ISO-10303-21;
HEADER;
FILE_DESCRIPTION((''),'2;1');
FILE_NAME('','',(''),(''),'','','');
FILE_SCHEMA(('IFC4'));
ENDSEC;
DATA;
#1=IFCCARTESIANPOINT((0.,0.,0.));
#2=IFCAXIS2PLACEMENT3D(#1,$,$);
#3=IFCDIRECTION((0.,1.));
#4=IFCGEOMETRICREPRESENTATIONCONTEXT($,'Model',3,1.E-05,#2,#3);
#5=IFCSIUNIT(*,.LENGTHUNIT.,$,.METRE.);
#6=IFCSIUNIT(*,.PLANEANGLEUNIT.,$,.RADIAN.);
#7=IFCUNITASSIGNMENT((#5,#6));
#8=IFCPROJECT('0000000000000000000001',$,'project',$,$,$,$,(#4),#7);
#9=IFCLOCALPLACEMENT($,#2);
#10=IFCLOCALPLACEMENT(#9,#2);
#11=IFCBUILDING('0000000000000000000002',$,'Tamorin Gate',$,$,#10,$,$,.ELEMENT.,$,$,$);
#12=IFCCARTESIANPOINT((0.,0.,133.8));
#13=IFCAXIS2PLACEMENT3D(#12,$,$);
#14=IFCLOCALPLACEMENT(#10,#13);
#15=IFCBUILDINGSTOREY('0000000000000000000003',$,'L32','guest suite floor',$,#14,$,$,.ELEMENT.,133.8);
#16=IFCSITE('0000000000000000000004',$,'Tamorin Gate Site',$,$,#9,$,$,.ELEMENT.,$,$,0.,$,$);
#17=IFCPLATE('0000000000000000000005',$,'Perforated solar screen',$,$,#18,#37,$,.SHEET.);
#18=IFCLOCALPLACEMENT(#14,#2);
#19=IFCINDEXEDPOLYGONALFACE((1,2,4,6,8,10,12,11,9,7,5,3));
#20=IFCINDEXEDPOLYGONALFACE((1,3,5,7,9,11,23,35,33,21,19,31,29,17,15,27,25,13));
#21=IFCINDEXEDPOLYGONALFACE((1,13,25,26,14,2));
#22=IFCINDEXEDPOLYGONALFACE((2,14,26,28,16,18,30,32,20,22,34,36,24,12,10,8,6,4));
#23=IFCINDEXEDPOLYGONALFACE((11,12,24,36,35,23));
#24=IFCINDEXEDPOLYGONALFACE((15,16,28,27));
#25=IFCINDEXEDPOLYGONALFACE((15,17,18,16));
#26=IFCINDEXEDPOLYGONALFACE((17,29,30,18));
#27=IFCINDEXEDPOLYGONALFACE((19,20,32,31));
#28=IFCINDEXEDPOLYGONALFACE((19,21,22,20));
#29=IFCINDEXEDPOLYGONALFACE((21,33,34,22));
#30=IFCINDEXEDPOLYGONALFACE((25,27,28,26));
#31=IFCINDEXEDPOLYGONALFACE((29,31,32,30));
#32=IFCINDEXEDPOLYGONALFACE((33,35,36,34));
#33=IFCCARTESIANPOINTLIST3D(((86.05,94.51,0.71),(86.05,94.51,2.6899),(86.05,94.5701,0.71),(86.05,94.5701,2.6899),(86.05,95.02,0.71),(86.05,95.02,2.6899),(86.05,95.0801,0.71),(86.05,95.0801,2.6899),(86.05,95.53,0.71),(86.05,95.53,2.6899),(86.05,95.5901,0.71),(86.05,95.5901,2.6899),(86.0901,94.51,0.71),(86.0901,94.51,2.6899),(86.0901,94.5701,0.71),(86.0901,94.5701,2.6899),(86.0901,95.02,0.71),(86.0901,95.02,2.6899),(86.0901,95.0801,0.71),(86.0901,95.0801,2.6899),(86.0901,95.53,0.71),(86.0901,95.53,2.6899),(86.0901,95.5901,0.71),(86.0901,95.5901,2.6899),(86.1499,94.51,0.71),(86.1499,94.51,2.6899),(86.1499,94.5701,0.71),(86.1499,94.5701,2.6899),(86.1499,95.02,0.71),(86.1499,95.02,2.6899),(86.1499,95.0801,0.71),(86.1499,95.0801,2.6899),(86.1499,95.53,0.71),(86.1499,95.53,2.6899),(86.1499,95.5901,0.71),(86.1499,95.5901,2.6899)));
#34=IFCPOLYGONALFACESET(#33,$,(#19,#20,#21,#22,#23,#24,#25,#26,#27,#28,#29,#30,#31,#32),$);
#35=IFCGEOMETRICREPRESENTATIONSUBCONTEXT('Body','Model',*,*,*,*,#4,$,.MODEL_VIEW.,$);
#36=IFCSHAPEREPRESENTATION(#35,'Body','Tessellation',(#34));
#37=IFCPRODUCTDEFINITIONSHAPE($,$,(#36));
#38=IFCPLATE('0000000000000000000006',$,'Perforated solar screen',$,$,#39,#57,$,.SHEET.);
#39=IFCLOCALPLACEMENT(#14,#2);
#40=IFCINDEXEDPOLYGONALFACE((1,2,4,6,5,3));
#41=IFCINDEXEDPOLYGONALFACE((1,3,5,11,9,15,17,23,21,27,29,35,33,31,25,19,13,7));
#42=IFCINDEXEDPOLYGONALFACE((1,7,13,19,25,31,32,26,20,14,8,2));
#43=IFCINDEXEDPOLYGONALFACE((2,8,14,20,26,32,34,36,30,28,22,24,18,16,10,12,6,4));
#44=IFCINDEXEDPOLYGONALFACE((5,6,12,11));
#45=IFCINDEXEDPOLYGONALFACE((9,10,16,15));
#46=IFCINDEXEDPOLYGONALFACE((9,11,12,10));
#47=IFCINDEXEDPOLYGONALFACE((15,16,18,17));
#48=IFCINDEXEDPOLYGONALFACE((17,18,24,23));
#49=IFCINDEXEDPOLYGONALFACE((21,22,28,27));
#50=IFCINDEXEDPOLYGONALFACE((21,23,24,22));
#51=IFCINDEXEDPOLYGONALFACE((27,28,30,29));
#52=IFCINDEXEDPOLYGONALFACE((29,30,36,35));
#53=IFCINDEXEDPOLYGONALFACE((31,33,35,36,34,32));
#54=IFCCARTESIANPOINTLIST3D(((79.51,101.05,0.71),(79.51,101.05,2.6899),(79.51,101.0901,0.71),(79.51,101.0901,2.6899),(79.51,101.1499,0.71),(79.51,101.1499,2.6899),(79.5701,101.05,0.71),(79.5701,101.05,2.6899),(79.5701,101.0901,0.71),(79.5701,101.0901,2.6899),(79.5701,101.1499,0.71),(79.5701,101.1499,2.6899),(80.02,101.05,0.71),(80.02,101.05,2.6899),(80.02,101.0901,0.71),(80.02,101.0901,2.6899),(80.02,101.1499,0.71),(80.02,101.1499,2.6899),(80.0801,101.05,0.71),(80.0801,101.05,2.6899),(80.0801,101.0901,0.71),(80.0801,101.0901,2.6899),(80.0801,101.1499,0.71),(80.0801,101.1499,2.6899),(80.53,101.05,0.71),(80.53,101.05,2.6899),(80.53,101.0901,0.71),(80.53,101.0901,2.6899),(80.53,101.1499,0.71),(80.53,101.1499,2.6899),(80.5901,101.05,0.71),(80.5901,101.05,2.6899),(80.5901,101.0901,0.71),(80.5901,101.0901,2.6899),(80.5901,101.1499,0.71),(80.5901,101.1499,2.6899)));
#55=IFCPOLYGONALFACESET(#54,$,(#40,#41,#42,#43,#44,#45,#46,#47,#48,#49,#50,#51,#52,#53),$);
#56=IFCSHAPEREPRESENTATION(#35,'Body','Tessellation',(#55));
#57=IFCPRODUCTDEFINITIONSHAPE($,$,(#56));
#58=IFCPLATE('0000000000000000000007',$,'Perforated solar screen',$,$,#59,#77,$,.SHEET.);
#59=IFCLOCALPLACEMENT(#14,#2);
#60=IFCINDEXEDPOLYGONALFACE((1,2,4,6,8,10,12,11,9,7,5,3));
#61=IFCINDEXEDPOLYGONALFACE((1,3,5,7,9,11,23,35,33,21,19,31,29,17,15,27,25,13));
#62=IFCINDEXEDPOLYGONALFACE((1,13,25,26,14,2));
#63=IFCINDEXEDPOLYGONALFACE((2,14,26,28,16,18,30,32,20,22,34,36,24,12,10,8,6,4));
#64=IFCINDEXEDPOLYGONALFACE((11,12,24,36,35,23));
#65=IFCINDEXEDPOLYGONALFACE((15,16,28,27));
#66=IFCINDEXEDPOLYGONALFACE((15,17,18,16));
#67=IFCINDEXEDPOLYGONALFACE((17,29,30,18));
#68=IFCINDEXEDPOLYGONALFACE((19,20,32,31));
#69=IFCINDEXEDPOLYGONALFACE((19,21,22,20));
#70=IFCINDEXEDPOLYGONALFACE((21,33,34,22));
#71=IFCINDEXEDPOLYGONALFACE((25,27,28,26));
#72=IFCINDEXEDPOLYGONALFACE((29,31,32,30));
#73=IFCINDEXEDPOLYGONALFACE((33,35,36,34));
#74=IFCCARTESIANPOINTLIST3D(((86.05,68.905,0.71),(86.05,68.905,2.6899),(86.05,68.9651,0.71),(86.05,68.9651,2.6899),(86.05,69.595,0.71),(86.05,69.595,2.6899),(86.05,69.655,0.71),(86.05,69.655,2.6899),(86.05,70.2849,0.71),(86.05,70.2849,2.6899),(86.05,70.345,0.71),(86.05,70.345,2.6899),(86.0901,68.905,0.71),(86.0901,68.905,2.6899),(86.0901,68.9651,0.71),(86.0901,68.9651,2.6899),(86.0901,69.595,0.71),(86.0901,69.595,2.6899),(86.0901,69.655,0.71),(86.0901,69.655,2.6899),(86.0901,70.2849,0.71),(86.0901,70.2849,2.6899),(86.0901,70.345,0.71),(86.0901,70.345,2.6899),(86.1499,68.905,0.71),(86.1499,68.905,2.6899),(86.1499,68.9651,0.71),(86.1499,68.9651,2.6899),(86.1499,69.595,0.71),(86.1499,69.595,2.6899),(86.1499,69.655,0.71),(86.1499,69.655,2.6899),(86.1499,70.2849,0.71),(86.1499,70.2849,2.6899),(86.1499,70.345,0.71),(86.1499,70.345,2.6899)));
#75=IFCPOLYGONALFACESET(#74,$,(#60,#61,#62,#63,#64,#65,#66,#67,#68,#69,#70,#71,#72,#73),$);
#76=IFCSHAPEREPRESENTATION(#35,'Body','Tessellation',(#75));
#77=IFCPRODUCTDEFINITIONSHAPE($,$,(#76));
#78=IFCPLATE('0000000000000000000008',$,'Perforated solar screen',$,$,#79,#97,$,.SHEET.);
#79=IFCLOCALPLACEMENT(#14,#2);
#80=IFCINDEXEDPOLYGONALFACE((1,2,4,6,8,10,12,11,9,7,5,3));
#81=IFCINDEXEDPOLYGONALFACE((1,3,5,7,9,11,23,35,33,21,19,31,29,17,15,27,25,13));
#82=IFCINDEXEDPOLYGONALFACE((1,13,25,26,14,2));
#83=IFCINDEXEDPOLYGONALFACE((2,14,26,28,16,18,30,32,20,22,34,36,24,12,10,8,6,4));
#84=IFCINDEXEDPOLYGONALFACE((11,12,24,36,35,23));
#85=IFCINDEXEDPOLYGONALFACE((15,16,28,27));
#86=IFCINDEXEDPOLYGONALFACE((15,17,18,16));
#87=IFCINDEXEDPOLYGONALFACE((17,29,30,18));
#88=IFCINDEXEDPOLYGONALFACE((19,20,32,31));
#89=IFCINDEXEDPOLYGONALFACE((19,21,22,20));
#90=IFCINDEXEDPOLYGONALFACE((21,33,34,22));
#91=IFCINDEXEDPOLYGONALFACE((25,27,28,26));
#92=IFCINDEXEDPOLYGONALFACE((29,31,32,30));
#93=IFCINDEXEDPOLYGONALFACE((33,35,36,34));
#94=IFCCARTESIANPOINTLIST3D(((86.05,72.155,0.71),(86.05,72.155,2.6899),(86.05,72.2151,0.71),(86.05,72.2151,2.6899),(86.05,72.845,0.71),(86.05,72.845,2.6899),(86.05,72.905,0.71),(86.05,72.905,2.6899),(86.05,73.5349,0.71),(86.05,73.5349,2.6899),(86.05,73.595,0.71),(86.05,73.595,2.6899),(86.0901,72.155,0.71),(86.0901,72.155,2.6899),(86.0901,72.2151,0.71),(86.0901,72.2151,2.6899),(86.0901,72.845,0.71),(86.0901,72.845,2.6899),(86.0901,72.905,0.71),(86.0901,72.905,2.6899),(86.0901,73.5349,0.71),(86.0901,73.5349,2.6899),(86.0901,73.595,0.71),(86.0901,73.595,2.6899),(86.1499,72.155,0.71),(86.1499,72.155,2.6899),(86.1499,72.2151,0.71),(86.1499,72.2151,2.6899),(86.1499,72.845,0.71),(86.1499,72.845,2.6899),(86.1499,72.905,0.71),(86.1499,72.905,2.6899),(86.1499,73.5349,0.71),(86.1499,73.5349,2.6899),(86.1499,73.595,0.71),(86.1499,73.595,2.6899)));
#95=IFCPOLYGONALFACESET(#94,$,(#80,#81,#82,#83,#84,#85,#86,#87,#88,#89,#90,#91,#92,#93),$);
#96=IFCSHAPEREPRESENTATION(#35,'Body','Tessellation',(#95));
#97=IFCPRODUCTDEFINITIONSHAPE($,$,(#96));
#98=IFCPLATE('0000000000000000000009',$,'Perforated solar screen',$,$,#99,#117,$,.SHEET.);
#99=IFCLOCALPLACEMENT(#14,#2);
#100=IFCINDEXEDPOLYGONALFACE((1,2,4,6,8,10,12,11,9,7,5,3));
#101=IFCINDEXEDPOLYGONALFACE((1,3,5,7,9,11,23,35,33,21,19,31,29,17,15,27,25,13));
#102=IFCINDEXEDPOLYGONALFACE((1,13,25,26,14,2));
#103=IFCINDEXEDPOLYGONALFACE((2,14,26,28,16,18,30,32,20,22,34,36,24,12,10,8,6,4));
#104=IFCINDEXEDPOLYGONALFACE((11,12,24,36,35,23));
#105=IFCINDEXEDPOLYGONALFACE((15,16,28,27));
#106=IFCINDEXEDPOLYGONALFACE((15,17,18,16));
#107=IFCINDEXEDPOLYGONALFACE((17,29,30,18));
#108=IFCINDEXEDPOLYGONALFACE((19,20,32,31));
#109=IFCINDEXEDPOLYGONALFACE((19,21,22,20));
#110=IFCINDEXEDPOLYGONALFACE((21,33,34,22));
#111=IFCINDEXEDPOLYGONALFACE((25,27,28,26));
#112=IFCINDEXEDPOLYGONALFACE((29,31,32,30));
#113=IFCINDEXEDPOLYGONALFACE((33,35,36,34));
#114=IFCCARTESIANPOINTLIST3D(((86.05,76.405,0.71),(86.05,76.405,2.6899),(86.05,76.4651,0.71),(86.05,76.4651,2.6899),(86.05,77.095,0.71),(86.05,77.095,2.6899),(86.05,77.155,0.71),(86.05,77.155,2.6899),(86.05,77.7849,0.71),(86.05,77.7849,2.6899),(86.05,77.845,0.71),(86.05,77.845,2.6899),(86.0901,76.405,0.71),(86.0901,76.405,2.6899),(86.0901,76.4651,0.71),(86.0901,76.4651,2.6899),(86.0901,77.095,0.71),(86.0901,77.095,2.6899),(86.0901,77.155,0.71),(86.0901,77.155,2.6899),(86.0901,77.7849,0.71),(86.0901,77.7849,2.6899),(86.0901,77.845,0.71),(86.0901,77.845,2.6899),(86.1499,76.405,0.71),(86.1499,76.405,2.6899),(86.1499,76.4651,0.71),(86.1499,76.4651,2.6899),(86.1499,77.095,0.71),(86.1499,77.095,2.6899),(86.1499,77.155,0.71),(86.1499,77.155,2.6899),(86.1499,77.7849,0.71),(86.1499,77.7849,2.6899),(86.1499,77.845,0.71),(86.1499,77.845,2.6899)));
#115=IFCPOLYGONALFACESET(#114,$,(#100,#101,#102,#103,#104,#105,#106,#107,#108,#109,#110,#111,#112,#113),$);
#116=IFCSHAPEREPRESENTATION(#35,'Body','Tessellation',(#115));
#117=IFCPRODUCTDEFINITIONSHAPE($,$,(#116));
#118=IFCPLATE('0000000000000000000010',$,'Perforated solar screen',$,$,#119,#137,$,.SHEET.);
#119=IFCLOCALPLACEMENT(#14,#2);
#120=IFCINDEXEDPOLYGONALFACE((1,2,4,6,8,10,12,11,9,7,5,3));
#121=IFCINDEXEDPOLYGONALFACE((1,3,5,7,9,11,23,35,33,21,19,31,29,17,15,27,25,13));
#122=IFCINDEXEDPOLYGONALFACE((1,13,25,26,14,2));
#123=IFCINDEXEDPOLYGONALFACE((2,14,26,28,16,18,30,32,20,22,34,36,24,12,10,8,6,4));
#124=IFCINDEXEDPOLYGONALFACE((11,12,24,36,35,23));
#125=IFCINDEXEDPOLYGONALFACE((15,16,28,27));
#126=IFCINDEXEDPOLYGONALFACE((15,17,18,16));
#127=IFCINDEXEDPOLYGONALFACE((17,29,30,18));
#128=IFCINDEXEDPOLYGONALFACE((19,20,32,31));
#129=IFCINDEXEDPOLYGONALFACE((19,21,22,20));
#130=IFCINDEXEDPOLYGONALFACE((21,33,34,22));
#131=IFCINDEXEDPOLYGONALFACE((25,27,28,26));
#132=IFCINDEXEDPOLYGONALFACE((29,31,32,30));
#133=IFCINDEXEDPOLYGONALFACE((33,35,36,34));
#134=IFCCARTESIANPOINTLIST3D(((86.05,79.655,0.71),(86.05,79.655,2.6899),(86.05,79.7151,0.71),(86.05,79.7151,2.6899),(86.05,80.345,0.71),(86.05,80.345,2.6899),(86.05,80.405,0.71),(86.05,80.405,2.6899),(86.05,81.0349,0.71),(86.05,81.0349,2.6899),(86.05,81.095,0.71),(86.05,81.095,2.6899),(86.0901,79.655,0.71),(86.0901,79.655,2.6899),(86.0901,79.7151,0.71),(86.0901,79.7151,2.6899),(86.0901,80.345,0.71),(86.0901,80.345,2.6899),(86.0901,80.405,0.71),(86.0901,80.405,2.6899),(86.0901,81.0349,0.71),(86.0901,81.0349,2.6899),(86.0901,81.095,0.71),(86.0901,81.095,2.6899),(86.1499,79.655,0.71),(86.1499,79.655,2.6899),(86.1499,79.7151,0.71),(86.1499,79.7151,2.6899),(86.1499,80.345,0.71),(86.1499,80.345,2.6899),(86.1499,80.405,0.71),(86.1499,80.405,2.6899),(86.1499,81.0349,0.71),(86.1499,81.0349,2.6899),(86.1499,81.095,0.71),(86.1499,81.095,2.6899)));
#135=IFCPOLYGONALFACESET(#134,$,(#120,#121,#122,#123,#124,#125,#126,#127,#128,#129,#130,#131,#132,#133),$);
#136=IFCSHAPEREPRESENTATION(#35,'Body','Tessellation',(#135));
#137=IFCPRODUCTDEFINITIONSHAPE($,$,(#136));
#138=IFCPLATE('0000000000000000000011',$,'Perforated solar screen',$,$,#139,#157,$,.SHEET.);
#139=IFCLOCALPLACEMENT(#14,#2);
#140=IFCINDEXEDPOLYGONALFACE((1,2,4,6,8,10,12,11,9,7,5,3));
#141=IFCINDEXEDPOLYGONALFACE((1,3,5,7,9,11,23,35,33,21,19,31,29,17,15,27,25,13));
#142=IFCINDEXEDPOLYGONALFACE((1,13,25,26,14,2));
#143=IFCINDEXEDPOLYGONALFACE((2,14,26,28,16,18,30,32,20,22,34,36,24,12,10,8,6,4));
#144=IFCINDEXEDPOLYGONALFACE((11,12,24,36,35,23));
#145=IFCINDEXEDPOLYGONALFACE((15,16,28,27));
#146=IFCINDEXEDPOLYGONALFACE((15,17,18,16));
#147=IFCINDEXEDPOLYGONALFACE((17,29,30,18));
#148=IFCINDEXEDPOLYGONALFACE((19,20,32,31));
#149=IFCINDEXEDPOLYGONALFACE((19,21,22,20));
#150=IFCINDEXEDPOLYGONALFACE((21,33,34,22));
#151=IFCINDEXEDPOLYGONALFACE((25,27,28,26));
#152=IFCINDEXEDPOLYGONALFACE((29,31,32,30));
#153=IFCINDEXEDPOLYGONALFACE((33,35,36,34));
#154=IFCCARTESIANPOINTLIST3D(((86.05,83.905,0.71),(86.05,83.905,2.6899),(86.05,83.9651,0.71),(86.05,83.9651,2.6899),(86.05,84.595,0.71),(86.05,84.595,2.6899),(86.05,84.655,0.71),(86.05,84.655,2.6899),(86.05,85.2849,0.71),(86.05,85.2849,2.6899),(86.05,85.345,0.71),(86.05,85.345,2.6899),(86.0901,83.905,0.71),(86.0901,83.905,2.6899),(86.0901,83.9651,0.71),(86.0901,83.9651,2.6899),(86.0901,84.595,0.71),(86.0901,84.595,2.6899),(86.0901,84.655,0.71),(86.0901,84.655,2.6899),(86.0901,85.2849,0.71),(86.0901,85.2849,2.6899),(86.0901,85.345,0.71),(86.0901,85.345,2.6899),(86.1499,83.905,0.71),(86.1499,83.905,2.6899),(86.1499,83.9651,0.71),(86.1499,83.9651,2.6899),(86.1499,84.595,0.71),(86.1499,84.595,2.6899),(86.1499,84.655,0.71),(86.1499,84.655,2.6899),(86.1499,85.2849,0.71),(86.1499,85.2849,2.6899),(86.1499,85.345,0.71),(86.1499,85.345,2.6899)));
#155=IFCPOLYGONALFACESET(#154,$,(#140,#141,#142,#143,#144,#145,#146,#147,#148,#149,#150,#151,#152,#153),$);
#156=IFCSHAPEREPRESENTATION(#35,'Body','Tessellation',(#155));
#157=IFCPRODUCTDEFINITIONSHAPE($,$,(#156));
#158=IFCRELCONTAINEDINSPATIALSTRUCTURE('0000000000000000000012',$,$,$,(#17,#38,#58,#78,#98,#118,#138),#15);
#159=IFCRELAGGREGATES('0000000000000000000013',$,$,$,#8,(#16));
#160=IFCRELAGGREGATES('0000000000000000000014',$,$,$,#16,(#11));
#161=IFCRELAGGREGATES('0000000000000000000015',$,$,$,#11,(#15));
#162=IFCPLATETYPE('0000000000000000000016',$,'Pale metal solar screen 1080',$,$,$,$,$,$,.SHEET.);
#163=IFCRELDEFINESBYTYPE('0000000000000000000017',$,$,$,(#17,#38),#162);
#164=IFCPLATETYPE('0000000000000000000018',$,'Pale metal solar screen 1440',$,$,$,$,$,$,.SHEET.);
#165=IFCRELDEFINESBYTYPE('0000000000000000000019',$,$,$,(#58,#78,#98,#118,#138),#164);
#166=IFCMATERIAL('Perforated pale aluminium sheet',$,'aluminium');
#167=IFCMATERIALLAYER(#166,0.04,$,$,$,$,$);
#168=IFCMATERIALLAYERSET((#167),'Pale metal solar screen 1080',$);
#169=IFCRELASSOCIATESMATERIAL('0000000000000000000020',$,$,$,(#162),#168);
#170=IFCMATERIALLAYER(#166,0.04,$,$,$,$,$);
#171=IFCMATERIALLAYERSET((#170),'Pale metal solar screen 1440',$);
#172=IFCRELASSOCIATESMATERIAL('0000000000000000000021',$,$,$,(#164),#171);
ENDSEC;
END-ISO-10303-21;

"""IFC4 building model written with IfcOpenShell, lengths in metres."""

from ifc_helpers import new_model, si_unit, direction, frame, origin, place, context, subcontext, project, spatial, polyline, outline, extrude, material, layer, layer_set, type_object, element, save


model = new_model("IFC4")

# Units and contexts
model_context = context("Model", 3, precision=1e-05, world=origin(), true_north=direction((0.0, 1.0)))
body_context = subcontext(model_context, "Body", "Model", "MODEL_VIEW")
ifc_project = project(units=[si_unit("LENGTHUNIT", "METRE"), si_unit("PLANEANGLEUNIT", "RADIAN")], contexts=[model_context])

# Site, building, storey
site_placement = place(None, origin())
site = spatial("IfcSite", under=ifc_project, at=site_placement, Name="Tamorin Gate Site", CompositionType="ELEMENT", RefElevation=0.0)
building_placement = place(site_placement, origin())
building = spatial("IfcBuilding", under=site, at=building_placement, Name="Tamorin Gate", CompositionType="ELEMENT")
storey_placement = place(building_placement, frame((0.0, 0.0, 133.8)))
storey = spatial("IfcBuildingStorey", under=building, at=storey_placement, Name="L32", Description="guest suite floor", CompositionType="ELEMENT", Elevation=133.8)

# Plates
ifc_material = material(Name="Perforated pale aluminium sheet", Category="aluminium")
ifc_layer_1 = layer(ifc_material, 0.04)
ifc_layer_set_1 = layer_set([ifc_layer_1], Name="Pale metal solar screen 1080")
plate_type_1 = type_object("IfcPlateType", Name="Pale metal solar screen 1080", PredefinedType="SHEET", material=ifc_layer_set_1)
plate_1_placement = place(storey_placement, frame((0.0, 0.0, 0.71)))
element("IfcPlate", 1, at=plate_1_placement, inside=storey, type_object=plate_type_1, Name="Perforated solar screen", PredefinedType="SHEET", context=body_context, shape_type="SweptSolid", body=[
    extrude(outline(polyline([(86.0901, 94.51), (86.05, 94.51), (86.05, 94.5701), (86.05, 95.02), (86.05, 95.0801), (86.05, 95.53), (86.05, 95.5901), (86.0901, 95.5901), (86.1499, 95.5901), (86.1499, 95.53), (86.0901, 95.53), (86.0901, 95.0801), (86.1499, 95.0801), (86.1499, 95.02), (86.0901, 95.02), (86.0901, 94.5701), (86.1499, 94.5701), (86.1499, 94.51), (86.0901, 94.51)])), origin(), (0.0, 0.0, 1.0), 1.98),
])
plate_2_placement = place(storey_placement, frame((0.0, 0.0, 0.71)))
element("IfcPlate", 2, at=plate_2_placement, inside=storey, type_object=plate_type_1, Name="Perforated solar screen", PredefinedType="SHEET", context=body_context, shape_type="SweptSolid", body=[
    extrude(outline(polyline([(80.5901, 101.0901), (80.5901, 101.05), (80.53, 101.05), (80.0801, 101.05), (80.02, 101.05), (79.5701, 101.05), (79.51, 101.05), (79.51, 101.0901), (79.51, 101.1499), (79.5701, 101.1499), (79.5701, 101.0901), (80.02, 101.0901), (80.02, 101.1499), (80.0801, 101.1499), (80.0801, 101.0901), (80.53, 101.0901), (80.53, 101.1499), (80.5901, 101.1499), (80.5901, 101.0901)])), origin(), (0.0, 0.0, 1.0), 1.98),
])
ifc_layer_2 = layer(ifc_material, 0.04)
ifc_layer_set_2 = layer_set([ifc_layer_2], Name="Pale metal solar screen 1440")
plate_type_2 = type_object("IfcPlateType", Name="Pale metal solar screen 1440", PredefinedType="SHEET", material=ifc_layer_set_2)
plate_3_placement = place(storey_placement, frame((0.0, 0.0, 0.71)))
element("IfcPlate", 3, at=plate_3_placement, inside=storey, type_object=plate_type_2, Name="Perforated solar screen", PredefinedType="SHEET", context=body_context, shape_type="SweptSolid", body=[
    extrude(outline(polyline([(86.0901, 68.905), (86.05, 68.905), (86.05, 68.9651), (86.05, 69.595), (86.05, 69.655), (86.05, 70.2849), (86.05, 70.345), (86.0901, 70.345), (86.1499, 70.345), (86.1499, 70.2849), (86.0901, 70.2849), (86.0901, 69.655), (86.1499, 69.655), (86.1499, 69.595), (86.0901, 69.595), (86.0901, 68.9651), (86.1499, 68.9651), (86.1499, 68.905), (86.0901, 68.905)])), origin(), (0.0, 0.0, 1.0), 1.98),
])
plate_4_placement = place(storey_placement, frame((0.0, 0.0, 0.71)))
element("IfcPlate", 4, at=plate_4_placement, inside=storey, type_object=plate_type_2, Name="Perforated solar screen", PredefinedType="SHEET", context=body_context, shape_type="SweptSolid", body=[
    extrude(outline(polyline([(86.0901, 72.155), (86.05, 72.155), (86.05, 72.2151), (86.05, 72.845), (86.05, 72.905), (86.05, 73.5349), (86.05, 73.595), (86.0901, 73.595), (86.1499, 73.595), (86.1499, 73.5349), (86.0901, 73.5349), (86.0901, 72.905), (86.1499, 72.905), (86.1499, 72.845), (86.0901, 72.845), (86.0901, 72.2151), (86.1499, 72.2151), (86.1499, 72.155), (86.0901, 72.155)])), origin(), (0.0, 0.0, 1.0), 1.98),
])
plate_5_placement = place(storey_placement, frame((0.0, 0.0, 0.71)))
element("IfcPlate", 5, at=plate_5_placement, inside=storey, type_object=plate_type_2, Name="Perforated solar screen", PredefinedType="SHEET", context=body_context, shape_type="SweptSolid", body=[
    extrude(outline(polyline([(86.0901, 76.405), (86.05, 76.405), (86.05, 76.4651), (86.05, 77.095), (86.05, 77.155), (86.05, 77.7849), (86.05, 77.845), (86.0901, 77.845), (86.1499, 77.845), (86.1499, 77.7849), (86.0901, 77.7849), (86.0901, 77.155), (86.1499, 77.155), (86.1499, 77.095), (86.0901, 77.095), (86.0901, 76.4651), (86.1499, 76.4651), (86.1499, 76.405), (86.0901, 76.405)])), origin(), (0.0, 0.0, 1.0), 1.98),
])
plate_6_placement = place(storey_placement, frame((0.0, 0.0, 0.71)))
element("IfcPlate", 6, at=plate_6_placement, inside=storey, type_object=plate_type_2, Name="Perforated solar screen", PredefinedType="SHEET", context=body_context, shape_type="SweptSolid", body=[
    extrude(outline(polyline([(86.0901, 79.655), (86.05, 79.655), (86.05, 79.7151), (86.05, 80.345), (86.05, 80.405), (86.05, 81.0349), (86.05, 81.095), (86.0901, 81.095), (86.1499, 81.095), (86.1499, 81.0349), (86.0901, 81.0349), (86.0901, 80.405), (86.1499, 80.405), (86.1499, 80.345), (86.0901, 80.345), (86.0901, 79.7151), (86.1499, 79.7151), (86.1499, 79.655), (86.0901, 79.655)])), origin(), (0.0, 0.0, 1.0), 1.98),
])
plate_7_placement = place(storey_placement, frame((0.0, 0.0, 0.71)))
element("IfcPlate", 7, at=plate_7_placement, inside=storey, type_object=plate_type_2, Name="Perforated solar screen", PredefinedType="SHEET", context=body_context, shape_type="SweptSolid", body=[
    extrude(outline(polyline([(86.0901, 83.905), (86.05, 83.905), (86.05, 83.9651), (86.05, 84.595), (86.05, 84.655), (86.05, 85.2849), (86.05, 85.345), (86.0901, 85.345), (86.1499, 85.345), (86.1499, 85.2849), (86.0901, 85.2849), (86.0901, 84.655), (86.1499, 84.655), (86.1499, 84.595), (86.0901, 84.595), (86.0901, 83.9651), (86.1499, 83.9651), (86.1499, 83.905), (86.0901, 83.905)])), origin(), (0.0, 0.0, 1.0), 1.98),
])

save(model, "model.ifc")
